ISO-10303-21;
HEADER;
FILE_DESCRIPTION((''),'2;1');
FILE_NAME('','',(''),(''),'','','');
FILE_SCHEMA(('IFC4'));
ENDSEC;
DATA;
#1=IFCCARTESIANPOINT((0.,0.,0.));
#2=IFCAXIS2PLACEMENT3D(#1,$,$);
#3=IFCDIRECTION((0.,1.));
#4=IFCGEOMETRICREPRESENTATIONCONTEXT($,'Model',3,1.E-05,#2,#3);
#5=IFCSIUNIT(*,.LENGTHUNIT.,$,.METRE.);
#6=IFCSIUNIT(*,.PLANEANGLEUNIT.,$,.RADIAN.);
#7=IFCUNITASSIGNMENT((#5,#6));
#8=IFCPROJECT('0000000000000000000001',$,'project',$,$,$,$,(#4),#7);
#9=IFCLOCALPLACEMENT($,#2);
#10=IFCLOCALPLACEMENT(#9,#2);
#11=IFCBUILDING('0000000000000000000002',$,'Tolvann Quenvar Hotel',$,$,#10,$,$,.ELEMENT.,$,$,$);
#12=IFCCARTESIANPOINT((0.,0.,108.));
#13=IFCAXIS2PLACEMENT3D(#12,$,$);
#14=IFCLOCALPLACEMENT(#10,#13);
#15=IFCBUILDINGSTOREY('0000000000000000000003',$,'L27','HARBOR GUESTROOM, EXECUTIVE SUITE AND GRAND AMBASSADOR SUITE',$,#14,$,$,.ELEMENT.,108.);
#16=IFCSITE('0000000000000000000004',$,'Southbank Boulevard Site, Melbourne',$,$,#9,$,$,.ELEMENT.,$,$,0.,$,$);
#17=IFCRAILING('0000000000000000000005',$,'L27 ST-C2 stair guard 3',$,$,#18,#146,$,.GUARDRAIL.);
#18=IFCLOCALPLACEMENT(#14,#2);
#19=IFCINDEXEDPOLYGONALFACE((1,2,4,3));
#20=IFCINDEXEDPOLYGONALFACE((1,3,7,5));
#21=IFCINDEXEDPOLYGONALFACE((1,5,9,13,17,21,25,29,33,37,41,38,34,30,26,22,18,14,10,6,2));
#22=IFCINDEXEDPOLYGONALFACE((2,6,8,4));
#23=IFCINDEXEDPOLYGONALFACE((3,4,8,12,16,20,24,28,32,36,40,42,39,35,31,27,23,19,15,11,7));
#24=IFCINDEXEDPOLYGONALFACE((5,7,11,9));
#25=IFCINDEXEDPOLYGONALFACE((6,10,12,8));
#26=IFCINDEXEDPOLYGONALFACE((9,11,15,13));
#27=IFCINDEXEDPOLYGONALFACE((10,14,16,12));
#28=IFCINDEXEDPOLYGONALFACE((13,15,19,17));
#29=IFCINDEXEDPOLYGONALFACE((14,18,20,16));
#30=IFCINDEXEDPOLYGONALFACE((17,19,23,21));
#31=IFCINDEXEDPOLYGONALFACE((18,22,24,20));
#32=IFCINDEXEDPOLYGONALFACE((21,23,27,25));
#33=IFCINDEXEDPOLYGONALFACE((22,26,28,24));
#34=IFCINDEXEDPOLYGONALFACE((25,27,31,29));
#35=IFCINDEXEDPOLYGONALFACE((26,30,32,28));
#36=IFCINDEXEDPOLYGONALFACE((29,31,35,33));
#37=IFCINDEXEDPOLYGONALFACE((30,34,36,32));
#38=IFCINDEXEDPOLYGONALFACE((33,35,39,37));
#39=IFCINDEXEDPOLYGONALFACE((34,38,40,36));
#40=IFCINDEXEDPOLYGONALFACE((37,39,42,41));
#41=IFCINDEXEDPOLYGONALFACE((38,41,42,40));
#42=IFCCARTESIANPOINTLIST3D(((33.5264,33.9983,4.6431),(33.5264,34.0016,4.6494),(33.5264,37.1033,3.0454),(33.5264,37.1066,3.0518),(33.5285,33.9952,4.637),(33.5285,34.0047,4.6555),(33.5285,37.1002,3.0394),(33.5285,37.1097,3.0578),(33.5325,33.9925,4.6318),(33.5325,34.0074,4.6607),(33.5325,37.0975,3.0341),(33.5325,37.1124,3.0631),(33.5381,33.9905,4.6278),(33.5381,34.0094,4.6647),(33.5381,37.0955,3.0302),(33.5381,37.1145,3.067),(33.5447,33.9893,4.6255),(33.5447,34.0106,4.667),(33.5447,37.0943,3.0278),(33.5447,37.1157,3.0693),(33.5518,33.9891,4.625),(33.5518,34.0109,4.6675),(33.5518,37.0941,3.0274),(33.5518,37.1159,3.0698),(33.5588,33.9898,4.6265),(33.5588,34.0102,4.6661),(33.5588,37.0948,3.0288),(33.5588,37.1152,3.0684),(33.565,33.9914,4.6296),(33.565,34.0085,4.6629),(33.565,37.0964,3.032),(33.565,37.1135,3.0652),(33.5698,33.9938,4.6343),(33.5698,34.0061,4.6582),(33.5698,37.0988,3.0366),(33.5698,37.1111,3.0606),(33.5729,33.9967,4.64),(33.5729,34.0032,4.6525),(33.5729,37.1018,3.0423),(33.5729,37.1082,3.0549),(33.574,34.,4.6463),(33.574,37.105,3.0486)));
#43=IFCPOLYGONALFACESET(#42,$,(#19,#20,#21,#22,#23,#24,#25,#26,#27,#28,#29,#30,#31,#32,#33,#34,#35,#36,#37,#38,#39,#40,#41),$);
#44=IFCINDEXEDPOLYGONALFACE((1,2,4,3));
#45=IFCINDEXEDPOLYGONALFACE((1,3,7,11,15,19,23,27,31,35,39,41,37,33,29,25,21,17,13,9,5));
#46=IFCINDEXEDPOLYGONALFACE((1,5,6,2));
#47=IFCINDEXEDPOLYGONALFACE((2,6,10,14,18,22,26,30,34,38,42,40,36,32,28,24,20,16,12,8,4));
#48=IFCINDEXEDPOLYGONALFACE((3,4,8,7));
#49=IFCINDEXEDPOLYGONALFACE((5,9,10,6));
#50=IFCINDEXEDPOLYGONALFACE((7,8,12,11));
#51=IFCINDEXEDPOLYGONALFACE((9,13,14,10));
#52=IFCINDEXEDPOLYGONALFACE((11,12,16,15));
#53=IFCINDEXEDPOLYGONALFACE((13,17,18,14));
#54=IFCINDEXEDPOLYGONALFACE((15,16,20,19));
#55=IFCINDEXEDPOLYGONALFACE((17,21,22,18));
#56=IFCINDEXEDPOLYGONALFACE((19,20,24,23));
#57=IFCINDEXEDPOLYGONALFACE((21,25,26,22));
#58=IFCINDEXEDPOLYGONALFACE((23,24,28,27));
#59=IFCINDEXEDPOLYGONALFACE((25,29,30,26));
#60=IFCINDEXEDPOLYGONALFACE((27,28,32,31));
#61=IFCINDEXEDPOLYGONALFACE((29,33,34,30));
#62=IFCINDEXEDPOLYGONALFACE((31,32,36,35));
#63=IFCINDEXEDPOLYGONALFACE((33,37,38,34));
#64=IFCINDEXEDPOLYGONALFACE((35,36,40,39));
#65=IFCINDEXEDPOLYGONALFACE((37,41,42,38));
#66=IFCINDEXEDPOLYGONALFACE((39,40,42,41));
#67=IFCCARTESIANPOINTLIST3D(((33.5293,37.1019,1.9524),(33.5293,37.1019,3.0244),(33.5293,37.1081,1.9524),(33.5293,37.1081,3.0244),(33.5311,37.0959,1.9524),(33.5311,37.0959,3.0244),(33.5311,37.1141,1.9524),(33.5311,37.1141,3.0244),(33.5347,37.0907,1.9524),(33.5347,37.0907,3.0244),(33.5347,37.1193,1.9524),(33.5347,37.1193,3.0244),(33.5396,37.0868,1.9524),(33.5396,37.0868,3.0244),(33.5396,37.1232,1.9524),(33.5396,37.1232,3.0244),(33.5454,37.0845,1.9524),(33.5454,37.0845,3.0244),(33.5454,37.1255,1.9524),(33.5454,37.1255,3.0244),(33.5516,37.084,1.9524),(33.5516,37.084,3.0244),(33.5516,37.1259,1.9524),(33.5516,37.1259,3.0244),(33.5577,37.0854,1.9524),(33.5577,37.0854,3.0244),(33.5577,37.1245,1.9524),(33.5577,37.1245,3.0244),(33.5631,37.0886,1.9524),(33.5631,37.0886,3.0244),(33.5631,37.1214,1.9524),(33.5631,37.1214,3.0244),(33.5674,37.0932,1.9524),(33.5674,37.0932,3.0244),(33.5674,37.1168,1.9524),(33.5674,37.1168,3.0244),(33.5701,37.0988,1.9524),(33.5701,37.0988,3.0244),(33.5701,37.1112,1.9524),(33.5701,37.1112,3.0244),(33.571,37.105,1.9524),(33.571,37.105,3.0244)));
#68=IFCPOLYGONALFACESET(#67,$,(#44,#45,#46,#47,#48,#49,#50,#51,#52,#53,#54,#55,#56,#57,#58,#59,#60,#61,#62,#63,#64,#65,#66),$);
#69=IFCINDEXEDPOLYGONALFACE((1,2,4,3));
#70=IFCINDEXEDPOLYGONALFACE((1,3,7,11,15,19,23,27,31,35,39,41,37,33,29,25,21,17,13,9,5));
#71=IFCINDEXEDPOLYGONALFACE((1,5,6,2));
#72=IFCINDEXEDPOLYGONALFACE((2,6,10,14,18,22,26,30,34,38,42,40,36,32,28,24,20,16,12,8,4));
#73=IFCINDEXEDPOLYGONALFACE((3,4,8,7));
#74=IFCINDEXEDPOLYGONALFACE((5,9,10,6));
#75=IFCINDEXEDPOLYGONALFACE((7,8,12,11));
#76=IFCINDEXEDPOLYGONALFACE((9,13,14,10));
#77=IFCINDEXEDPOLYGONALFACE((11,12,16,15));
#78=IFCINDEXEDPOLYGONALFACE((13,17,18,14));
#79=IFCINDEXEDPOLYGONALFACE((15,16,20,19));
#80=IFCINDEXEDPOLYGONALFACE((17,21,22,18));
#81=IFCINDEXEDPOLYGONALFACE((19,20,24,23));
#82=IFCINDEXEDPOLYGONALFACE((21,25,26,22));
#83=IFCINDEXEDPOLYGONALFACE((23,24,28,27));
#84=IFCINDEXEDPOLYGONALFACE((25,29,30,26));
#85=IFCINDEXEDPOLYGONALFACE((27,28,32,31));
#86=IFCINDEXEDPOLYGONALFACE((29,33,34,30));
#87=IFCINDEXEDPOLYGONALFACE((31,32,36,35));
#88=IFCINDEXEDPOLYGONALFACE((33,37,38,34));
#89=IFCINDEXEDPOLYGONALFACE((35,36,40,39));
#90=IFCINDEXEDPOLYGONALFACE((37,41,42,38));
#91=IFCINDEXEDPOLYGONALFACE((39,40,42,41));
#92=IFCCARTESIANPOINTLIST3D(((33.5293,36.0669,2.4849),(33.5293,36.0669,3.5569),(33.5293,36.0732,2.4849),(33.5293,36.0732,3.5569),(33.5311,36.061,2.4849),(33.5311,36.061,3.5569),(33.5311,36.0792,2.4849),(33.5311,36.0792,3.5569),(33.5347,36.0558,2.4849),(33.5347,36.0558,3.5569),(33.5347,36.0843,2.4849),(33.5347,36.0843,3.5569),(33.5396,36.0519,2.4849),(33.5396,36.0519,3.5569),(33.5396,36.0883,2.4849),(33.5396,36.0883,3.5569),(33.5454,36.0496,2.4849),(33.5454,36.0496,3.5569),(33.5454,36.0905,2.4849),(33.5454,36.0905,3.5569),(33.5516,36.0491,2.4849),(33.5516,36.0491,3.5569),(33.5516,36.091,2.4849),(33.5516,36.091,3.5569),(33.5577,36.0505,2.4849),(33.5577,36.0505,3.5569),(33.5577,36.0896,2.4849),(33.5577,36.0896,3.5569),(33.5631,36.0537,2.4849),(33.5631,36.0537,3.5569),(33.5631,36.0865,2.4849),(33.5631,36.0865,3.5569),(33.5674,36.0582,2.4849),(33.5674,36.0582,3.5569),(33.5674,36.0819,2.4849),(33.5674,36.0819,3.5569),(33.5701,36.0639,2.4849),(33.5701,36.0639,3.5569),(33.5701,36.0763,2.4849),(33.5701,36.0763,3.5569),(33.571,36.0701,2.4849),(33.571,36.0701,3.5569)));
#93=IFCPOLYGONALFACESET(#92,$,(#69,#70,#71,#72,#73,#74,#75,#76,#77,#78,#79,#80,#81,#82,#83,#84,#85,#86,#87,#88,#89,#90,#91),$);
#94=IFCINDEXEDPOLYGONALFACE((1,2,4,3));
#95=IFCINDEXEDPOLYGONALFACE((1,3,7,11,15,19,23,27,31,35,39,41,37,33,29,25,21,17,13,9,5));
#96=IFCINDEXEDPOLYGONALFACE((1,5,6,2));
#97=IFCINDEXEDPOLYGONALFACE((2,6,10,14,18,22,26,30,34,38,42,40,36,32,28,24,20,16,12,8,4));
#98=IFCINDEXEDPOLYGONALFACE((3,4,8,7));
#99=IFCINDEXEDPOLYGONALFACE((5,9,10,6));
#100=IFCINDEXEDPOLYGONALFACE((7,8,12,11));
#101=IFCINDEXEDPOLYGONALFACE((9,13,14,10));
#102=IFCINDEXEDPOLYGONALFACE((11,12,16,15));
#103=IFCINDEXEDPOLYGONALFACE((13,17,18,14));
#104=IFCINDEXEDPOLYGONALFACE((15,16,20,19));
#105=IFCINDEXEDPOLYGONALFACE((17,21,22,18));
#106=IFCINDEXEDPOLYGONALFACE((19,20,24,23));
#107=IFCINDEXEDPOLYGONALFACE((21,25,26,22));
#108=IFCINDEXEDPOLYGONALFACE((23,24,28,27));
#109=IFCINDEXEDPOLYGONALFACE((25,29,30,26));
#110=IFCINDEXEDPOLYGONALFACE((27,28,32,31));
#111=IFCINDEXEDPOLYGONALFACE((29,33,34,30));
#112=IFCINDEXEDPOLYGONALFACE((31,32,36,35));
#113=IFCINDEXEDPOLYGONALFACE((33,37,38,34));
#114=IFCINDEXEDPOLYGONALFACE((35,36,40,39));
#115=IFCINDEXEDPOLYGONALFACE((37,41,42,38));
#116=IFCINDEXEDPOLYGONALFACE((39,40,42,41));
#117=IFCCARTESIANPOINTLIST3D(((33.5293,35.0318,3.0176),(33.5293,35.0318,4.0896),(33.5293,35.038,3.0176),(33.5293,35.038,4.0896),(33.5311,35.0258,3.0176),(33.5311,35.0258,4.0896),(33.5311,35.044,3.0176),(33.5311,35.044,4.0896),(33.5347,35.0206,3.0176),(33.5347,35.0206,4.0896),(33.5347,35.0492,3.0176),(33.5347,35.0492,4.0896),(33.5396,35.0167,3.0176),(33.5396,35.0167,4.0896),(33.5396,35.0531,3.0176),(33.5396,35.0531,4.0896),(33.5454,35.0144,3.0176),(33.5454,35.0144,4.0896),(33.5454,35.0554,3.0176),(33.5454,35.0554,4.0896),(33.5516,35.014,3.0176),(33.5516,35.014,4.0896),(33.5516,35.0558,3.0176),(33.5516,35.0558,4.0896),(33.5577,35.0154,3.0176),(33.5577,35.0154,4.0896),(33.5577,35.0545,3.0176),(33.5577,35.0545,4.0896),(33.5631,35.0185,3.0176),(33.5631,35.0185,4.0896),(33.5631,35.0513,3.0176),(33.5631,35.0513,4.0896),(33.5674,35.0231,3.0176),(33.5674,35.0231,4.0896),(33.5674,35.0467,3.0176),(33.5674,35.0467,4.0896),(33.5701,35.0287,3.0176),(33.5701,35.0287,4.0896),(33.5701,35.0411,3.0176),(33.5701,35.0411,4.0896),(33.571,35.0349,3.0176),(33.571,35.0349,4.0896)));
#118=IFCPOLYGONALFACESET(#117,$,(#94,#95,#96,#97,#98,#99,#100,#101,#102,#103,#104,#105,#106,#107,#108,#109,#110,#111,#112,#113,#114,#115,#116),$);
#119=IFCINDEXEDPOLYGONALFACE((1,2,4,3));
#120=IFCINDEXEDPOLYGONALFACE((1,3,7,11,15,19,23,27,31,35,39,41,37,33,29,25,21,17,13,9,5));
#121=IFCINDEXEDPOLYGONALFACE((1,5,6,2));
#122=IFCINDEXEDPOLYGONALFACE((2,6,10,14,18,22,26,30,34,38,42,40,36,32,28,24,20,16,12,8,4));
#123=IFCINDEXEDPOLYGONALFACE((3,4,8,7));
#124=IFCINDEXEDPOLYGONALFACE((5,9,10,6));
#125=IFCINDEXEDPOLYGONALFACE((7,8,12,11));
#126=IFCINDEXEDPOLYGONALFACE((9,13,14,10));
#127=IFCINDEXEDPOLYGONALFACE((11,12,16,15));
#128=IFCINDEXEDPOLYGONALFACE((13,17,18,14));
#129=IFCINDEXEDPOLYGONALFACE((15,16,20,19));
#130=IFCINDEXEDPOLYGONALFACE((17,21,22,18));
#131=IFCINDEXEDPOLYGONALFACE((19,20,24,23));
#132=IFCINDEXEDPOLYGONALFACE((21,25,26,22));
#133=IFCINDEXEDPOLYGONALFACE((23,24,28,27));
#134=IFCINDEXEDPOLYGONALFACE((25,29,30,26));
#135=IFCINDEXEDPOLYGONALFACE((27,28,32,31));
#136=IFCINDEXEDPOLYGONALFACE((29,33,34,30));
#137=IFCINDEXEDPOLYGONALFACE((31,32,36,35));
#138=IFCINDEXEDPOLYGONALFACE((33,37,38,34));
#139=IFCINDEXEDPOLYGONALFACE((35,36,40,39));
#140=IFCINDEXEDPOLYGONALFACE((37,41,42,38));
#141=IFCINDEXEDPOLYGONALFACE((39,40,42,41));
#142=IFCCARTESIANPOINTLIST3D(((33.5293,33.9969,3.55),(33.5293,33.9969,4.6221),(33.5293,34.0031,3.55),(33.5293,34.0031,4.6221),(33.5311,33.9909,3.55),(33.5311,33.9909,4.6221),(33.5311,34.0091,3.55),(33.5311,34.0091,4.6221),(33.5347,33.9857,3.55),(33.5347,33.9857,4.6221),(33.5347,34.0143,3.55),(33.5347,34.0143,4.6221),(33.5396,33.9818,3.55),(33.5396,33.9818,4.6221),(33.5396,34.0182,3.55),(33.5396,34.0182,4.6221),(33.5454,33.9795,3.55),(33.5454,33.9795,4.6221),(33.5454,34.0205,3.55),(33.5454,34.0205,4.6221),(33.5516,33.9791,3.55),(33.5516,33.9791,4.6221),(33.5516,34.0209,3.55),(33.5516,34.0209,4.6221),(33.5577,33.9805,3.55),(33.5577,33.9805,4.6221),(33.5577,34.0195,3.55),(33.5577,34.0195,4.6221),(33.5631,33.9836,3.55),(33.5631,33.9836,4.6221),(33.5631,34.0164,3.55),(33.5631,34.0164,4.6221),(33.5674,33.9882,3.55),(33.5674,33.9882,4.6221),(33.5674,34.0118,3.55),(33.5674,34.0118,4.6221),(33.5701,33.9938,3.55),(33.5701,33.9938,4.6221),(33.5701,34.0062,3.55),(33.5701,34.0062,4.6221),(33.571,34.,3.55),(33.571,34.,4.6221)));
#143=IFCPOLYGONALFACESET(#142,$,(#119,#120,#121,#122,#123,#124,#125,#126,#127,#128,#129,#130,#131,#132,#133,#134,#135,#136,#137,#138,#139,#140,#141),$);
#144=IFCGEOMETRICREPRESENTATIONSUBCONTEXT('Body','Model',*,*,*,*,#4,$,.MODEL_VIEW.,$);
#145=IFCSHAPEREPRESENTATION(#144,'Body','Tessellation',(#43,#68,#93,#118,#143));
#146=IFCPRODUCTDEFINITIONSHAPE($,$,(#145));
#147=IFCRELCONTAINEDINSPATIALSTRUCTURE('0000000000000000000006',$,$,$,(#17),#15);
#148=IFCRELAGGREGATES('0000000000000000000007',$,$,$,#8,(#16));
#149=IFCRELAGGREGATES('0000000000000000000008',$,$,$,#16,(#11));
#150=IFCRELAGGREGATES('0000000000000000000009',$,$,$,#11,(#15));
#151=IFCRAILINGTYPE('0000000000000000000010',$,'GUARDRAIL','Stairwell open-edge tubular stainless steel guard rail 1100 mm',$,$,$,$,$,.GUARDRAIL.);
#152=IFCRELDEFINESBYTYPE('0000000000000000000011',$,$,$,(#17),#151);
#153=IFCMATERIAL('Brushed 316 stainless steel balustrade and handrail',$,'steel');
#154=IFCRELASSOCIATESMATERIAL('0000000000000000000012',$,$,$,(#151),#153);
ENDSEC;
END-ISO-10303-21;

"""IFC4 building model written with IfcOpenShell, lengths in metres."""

from ifc_helpers import new_model, si_unit, direction, frame, origin, origin_2d, place, context, subcontext, project, spatial, circle, extrude, material, type_object, element, save


model = new_model("IFC4")

# Units and contexts
model_context = context("Model", 3, precision=1e-05, world=origin(), true_north=direction((0.0, 1.0)))
body_context = subcontext(model_context, "Body", "Model", "MODEL_VIEW")
ifc_project = project(units=[si_unit("LENGTHUNIT", "METRE"), si_unit("PLANEANGLEUNIT", "RADIAN")], contexts=[model_context])

# Site, building, storey
site_placement = place(None, origin())
site = spatial("IfcSite", under=ifc_project, at=site_placement, Name="Southbank Boulevard Site, Melbourne", CompositionType="ELEMENT", RefElevation=0.0)
building_placement = place(site_placement, origin())
building = spatial("IfcBuilding", under=site, at=building_placement, Name="Tolvann Quenvar Hotel", CompositionType="ELEMENT")
storey_placement = place(building_placement, frame((0.0, 0.0, 108.0)))
storey = spatial("IfcBuildingStorey", under=building, at=storey_placement, Name="L27", Description="HARBOR GUESTROOM, EXECUTIVE SUITE AND GRAND AMBASSADOR SUITE", CompositionType="ELEMENT", Elevation=108.0)

# Railing
ifc_material_1 = material(Name="Brushed 316 stainless steel balustrade and handrail", Category="steel")
railing_type_1 = type_object("IfcRailingType", Name="GUARDRAIL", Description="Stairwell open-edge tubular stainless steel guard rail 1100 mm", PredefinedType="GUARDRAIL", material=ifc_material_1)
railing_1_placement = place(storey_placement, frame((33.55, 37.105, 1.9524)))
element("IfcRailing", 1, at=railing_1_placement, inside=storey, type_object=railing_type_1, Name="L27 ST-C2 stair guard 3", PredefinedType="GUARDRAIL", context=body_context, shape_type="SweptSolid", body=[
    extrude(circle(Radius=0.0239, at=origin_2d()), frame((0.0, 0.0, 1.0962), z_axis=(0.0, -0.889194, 0.457531), x_axis=(1.0, 0.0, 0.0)), (0.0, 0.0, 1.0), 3.4919),
    extrude(circle(Radius=0.021, at=origin_2d()), origin(), (0.0, 0.0, 1.0), 1.072),
    extrude(circle(Radius=0.021, at=origin_2d()), frame((0.0, -1.0349, 0.5325)), (0.0, 0.0, 1.0), 1.072),
    extrude(circle(Radius=0.021, at=origin_2d()), frame((0.0, -2.0701, 1.0652)), (0.0, 0.0, 1.0), 1.072),
    extrude(circle(Radius=0.021, at=origin_2d()), frame((0.0, -3.105, 1.5977)), (0.0, 0.0, 1.0), 1.072),
])

save(model, "model.ifc")
